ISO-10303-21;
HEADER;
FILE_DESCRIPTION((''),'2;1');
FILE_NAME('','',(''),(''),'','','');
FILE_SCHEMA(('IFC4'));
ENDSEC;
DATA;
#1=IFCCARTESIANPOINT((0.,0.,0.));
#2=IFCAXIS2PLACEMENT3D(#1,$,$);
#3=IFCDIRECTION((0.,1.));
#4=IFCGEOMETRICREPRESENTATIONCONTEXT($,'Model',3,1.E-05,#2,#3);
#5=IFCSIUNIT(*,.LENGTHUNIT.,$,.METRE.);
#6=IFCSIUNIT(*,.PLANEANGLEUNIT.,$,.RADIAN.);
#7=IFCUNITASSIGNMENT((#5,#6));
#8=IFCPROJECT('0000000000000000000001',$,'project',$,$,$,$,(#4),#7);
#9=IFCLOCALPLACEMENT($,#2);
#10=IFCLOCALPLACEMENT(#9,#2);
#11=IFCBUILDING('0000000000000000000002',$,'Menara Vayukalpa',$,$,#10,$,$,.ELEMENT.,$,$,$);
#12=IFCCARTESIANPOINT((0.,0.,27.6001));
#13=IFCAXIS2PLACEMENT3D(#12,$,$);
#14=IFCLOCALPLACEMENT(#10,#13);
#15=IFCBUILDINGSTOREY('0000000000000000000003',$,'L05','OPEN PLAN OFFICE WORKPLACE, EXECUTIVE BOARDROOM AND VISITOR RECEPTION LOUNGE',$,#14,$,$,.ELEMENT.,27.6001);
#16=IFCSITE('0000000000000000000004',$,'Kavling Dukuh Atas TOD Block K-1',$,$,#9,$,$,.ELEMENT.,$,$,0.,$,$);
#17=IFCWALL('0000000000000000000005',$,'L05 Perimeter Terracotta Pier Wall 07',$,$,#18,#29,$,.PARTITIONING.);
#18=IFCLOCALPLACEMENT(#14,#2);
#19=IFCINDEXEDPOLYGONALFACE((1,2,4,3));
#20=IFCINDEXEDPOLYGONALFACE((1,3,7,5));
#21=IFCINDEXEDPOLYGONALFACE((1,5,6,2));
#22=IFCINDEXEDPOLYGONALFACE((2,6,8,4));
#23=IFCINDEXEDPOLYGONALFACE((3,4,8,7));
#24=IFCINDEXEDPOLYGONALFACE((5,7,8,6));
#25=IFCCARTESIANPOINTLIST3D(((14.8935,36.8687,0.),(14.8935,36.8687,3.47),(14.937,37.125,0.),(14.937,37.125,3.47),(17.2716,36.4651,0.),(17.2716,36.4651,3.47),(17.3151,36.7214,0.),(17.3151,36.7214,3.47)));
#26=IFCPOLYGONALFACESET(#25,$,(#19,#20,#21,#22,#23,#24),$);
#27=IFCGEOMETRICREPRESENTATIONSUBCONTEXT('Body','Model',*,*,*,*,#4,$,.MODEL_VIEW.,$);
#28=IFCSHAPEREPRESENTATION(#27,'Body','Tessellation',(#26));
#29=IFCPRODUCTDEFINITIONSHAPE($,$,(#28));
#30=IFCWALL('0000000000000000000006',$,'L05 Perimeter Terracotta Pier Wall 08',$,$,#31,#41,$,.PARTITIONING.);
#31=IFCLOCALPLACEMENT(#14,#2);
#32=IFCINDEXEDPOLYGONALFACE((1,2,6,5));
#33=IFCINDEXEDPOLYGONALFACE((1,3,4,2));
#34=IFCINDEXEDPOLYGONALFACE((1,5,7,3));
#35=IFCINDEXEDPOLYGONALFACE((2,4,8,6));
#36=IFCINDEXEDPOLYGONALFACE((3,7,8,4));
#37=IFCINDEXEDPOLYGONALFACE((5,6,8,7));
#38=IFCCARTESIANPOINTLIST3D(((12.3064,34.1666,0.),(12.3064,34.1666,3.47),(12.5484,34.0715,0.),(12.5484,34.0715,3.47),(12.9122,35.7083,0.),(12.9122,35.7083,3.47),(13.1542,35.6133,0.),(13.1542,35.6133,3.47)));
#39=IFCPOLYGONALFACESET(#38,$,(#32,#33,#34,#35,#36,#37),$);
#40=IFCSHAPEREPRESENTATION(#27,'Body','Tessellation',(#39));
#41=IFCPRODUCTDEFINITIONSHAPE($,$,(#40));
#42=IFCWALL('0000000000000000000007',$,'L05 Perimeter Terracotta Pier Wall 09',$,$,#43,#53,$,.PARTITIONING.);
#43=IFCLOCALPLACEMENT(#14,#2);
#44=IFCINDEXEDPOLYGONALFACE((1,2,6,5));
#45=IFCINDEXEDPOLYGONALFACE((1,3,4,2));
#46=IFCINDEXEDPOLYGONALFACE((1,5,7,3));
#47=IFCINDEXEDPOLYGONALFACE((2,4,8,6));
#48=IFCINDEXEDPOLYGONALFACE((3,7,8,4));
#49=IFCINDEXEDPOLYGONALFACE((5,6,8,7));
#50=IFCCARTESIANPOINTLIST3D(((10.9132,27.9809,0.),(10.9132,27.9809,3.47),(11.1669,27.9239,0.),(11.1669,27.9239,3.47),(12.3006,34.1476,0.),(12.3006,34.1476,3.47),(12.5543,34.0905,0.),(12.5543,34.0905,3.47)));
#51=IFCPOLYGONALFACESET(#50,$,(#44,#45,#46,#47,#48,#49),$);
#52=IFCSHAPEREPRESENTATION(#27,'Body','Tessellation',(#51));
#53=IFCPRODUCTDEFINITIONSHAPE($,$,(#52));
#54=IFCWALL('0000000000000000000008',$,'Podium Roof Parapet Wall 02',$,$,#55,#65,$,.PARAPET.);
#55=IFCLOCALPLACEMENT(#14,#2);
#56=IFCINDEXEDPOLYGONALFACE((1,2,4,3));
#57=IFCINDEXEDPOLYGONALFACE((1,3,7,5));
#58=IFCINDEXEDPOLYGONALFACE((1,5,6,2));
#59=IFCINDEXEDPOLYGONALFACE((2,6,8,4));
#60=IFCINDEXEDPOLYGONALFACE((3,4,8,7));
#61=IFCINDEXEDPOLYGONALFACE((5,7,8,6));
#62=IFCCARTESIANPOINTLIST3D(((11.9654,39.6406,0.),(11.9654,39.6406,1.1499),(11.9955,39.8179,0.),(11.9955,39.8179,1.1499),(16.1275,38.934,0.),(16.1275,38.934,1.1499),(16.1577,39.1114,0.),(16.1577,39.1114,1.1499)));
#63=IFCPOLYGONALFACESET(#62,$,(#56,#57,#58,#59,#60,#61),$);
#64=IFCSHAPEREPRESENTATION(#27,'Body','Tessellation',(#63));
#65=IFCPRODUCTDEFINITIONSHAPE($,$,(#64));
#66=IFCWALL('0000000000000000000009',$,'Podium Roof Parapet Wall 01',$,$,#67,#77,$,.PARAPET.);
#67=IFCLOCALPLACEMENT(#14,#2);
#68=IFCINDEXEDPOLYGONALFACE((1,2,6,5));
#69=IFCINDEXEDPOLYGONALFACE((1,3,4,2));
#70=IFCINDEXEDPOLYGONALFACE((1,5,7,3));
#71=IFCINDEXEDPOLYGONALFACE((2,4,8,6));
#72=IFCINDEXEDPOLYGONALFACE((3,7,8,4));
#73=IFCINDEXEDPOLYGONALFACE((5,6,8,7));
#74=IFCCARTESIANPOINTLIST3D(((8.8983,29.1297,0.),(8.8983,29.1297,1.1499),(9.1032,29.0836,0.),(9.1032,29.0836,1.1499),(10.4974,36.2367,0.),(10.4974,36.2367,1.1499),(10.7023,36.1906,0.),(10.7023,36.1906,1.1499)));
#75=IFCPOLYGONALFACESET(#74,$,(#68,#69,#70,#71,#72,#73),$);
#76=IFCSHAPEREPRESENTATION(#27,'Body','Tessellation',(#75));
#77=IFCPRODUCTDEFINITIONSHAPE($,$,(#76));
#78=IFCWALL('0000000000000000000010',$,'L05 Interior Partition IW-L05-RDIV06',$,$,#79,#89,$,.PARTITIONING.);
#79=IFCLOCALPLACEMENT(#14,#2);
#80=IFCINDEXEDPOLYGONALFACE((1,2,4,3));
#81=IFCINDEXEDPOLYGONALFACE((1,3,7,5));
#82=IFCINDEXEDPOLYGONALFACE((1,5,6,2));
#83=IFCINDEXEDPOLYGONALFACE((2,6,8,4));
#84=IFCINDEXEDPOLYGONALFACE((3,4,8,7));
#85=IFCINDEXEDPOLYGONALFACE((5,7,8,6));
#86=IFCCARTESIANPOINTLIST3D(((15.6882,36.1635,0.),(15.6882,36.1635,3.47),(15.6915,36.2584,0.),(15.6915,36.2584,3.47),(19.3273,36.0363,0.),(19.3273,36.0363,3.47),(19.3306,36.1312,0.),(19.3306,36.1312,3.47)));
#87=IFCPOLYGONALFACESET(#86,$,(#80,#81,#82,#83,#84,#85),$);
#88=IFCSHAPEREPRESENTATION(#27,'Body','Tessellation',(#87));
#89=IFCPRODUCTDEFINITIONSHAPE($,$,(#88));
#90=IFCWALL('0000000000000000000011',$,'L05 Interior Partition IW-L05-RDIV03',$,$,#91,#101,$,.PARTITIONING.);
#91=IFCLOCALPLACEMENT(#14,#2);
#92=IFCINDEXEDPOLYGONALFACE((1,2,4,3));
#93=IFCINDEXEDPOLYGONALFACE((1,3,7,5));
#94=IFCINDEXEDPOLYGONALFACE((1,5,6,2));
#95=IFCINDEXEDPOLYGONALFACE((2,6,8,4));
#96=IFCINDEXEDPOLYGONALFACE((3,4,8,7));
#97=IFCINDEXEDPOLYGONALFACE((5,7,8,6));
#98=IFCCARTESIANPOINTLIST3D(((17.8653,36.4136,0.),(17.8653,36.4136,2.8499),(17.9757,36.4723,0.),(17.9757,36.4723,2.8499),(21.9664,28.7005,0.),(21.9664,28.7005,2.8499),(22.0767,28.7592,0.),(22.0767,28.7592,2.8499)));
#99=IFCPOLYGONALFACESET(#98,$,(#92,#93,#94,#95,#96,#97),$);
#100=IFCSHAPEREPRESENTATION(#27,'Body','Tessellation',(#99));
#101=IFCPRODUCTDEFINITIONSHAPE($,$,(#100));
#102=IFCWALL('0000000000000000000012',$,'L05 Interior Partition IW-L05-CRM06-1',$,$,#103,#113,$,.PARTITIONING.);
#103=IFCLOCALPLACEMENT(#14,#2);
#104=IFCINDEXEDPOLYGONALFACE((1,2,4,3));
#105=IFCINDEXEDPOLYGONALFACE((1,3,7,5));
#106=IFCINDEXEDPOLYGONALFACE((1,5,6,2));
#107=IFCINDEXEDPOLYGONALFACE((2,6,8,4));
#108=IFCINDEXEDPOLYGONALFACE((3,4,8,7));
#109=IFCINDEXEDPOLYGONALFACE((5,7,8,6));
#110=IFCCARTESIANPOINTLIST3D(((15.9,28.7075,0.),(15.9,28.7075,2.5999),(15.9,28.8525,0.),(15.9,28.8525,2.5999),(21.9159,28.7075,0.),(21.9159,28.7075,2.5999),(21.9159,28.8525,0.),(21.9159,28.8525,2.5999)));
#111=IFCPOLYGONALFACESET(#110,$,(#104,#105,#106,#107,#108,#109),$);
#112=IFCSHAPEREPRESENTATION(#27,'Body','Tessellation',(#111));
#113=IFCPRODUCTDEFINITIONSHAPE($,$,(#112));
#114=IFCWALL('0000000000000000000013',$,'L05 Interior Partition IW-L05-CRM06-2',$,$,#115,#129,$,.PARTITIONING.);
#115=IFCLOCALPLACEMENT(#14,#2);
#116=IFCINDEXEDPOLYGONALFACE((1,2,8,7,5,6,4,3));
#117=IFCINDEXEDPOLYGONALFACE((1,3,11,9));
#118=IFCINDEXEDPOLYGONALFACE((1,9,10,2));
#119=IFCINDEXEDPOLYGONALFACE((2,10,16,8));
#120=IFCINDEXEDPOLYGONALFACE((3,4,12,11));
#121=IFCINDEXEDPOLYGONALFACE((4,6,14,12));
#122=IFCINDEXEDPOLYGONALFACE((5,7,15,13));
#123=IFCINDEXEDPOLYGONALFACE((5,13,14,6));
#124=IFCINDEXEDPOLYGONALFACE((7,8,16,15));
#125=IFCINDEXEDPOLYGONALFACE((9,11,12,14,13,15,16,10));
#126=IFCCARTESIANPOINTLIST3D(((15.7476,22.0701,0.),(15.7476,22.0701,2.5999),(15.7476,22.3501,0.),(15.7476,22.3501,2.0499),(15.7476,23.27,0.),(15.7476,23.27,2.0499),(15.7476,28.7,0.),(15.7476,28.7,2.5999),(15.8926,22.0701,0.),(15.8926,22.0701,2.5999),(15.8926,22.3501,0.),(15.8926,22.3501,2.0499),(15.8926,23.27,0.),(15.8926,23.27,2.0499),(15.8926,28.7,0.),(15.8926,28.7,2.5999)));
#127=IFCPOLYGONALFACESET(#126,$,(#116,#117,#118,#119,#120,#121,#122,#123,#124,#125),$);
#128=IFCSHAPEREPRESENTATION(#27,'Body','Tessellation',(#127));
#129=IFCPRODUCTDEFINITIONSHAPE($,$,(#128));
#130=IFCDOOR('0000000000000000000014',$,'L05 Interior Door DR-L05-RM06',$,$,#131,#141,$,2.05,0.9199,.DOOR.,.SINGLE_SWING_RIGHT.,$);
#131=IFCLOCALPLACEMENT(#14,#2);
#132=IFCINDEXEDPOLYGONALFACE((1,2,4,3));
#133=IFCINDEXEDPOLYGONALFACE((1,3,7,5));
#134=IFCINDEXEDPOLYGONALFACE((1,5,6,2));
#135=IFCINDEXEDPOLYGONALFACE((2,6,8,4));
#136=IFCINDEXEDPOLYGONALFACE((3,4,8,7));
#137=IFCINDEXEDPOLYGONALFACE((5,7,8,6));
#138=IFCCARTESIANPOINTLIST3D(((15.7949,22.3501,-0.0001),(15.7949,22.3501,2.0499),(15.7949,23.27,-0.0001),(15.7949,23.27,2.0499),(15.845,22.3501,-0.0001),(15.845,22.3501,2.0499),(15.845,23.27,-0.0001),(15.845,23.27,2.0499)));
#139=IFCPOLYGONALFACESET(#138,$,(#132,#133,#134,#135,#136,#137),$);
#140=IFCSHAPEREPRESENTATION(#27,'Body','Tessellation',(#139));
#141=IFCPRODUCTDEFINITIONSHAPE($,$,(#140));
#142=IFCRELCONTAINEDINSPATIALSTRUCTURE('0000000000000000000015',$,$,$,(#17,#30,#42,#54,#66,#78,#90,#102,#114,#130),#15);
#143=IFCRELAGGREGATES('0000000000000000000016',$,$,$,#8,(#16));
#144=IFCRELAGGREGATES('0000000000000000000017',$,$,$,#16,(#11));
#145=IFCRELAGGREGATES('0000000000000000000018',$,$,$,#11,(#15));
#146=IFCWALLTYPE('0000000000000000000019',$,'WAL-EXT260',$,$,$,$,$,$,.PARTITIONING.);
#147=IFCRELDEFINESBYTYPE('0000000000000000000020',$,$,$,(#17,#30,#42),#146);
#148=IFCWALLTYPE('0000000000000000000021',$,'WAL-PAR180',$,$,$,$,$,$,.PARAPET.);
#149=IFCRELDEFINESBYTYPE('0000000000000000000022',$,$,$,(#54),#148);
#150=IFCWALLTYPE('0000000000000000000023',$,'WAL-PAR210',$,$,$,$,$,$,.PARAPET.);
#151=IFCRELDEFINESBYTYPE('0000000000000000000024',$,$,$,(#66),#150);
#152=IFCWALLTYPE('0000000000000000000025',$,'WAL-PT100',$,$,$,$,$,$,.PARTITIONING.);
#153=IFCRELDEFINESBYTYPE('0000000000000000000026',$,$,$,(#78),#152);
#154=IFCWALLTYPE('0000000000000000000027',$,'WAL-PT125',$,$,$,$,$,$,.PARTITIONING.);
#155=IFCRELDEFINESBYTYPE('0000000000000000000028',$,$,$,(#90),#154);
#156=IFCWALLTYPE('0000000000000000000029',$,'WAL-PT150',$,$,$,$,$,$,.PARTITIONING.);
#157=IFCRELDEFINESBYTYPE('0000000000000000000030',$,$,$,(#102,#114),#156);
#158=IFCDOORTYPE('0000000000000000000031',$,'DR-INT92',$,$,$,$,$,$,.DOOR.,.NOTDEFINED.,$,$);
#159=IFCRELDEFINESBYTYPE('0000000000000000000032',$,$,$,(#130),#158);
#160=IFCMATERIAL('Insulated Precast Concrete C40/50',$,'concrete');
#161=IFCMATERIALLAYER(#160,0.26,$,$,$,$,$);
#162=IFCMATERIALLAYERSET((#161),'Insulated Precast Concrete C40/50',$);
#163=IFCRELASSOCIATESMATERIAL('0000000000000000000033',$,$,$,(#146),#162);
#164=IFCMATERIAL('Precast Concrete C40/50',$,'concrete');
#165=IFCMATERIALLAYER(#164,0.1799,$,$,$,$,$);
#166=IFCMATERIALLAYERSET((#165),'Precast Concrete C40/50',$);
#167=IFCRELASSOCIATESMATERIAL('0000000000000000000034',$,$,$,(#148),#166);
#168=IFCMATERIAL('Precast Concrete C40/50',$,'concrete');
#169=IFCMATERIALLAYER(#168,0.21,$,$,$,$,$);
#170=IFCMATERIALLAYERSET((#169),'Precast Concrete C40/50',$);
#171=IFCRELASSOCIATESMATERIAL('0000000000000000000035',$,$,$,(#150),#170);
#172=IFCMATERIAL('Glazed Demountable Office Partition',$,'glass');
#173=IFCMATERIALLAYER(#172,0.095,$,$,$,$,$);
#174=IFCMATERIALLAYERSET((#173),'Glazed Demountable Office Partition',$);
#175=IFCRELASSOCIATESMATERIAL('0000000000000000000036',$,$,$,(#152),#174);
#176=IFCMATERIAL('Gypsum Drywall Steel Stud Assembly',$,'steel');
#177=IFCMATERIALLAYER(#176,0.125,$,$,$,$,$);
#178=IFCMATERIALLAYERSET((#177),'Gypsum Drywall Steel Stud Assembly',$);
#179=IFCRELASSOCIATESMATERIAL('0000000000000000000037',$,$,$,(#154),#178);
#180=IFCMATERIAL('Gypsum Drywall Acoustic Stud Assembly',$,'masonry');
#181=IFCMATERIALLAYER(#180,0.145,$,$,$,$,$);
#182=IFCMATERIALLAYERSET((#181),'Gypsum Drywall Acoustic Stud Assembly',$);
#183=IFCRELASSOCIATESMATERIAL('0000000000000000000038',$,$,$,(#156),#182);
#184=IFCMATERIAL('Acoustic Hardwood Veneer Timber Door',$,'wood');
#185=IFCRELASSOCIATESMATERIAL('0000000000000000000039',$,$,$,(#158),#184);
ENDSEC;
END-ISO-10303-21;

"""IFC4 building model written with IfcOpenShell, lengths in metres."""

from ifc_helpers import new_model, si_unit, direction, frame, frame_2d, origin, place, context, subcontext, project, spatial, rectangle, extrude, material, layer, layer_set, type_object, element, fill, save


model = new_model("IFC4")

# Units and contexts
model_context = context("Model", 3, precision=1e-05, world=origin(), true_north=direction((0.0, 1.0)))
body_context = subcontext(model_context, "Body", "Model", "MODEL_VIEW")
ifc_project = project(units=[si_unit("LENGTHUNIT", "METRE"), si_unit("PLANEANGLEUNIT", "RADIAN")], contexts=[model_context])

# Site, building, storey
site_placement = place(None, origin())
site = spatial("IfcSite", under=ifc_project, at=site_placement, Name="Kavling Dukuh Atas TOD Block K-1", CompositionType="ELEMENT", RefElevation=0.0)
building_placement = place(site_placement, origin())
building = spatial("IfcBuilding", under=site, at=building_placement, Name="Menara Vayukalpa", CompositionType="ELEMENT")
storey_placement = place(building_placement, frame((0.0, 0.0, 27.6001)))
storey = spatial("IfcBuildingStorey", under=building, at=storey_placement, Name="L05", Description="OPEN PLAN OFFICE WORKPLACE, EXECUTIVE BOARDROOM AND VISITOR RECEPTION LOUNGE", CompositionType="ELEMENT", Elevation=27.6001)

# Walls
ifc_material_1 = material(Name="Insulated Precast Concrete C40/50", Category="concrete")
ifc_layer_1 = layer(ifc_material_1, 0.26)
ifc_layer_set_1 = layer_set([ifc_layer_1], Name="Insulated Precast Concrete C40/50")
wall_type_1 = type_object("IfcWallType", Name="WAL-EXT260", PredefinedType="PARTITIONING", material=ifc_layer_set_1)
wall_1_placement = place(storey_placement, frame((14.9153, 36.9968, 0.0), z_axis=(0.0, 0.0, 1.0), x_axis=(0.985905, -0.167303, 0.0)))
element("IfcWall", 1, at=wall_1_placement, inside=storey, type_object=wall_type_1, Name="L05 Perimeter Terracotta Pier Wall 07", PredefinedType="PARTITIONING", context=body_context, shape_type="SweptSolid", body=[
    extrude(rectangle(XDim=2.4121, YDim=0.26, at=frame_2d((1.2061, 0.0))), origin(), (0.0, 0.0, 1.0), 3.47),
])
wall_2_placement = place(storey_placement, frame((12.4275, 34.1191, 0.0), z_axis=(0.0, 0.0, 1.0), x_axis=(0.365666, 0.930746, 0.0)))
element("IfcWall", 2, at=wall_2_placement, inside=storey, type_object=wall_type_1, Name="L05 Perimeter Terracotta Pier Wall 08", PredefinedType="PARTITIONING", context=body_context, shape_type="SweptSolid", body=[
    extrude(rectangle(XDim=1.6565, YDim=0.26, at=frame_2d((0.8281, 0.0))), origin(), (0.0, 0.0, 1.0), 3.47),
])
wall_3_placement = place(storey_placement, frame((11.04, 27.9524, 0.0), z_axis=(0.0, 0.0, 1.0), x_axis=(0.219502, 0.975612, 0.0)))
element("IfcWall", 3, at=wall_3_placement, inside=storey, type_object=wall_type_1, Name="L05 Perimeter Terracotta Pier Wall 09", PredefinedType="PARTITIONING", context=body_context, shape_type="SweptSolid", body=[
    extrude(rectangle(XDim=6.3208, YDim=0.26, at=frame_2d((3.1604, 0.0))), origin(), (0.0, 0.0, 1.0), 3.47),
])
ifc_material_2 = material(Name="Precast Concrete C40/50", Category="concrete")
ifc_layer_2 = layer(ifc_material_2, 0.1799)
ifc_layer_set_2 = layer_set([ifc_layer_2], Name="Precast Concrete C40/50")
wall_type_2 = type_object("IfcWallType", Name="WAL-PAR180", PredefinedType="PARAPET", material=ifc_layer_set_2)
wall_4_placement = place(storey_placement, frame((11.9805, 39.7292, 0.0), z_axis=(0.0, 0.0, 1.0), x_axis=(0.985896, -0.167362, 0.0)))
element("IfcWall", 4, at=wall_4_placement, inside=storey, type_object=wall_type_2, Name="Podium Roof Parapet Wall 02", PredefinedType="PARAPET", context=body_context, shape_type="SweptSolid", body=[
    extrude(rectangle(XDim=4.2217, YDim=0.1799, at=frame_2d((2.1108, 0.0))), origin(), (0.0, 0.0, 1.0), 1.1499),
])
ifc_material_3 = material(Name="Precast Concrete C40/50", Category="concrete")
ifc_layer_3 = layer(ifc_material_3, 0.21)
ifc_layer_set_3 = layer_set([ifc_layer_3], Name="Precast Concrete C40/50")
wall_type_3 = type_object("IfcWallType", Name="WAL-PAR210", PredefinedType="PARAPET", material=ifc_layer_set_3)
wall_5_placement = place(storey_placement, frame((9.0007, 29.1067, 0.0), z_axis=(0.0, 0.0, 1.0), x_axis=(0.21952, 0.975608, 0.0)))
element("IfcWall", 5, at=wall_5_placement, inside=storey, type_object=wall_type_3, Name="Podium Roof Parapet Wall 01", PredefinedType="PARAPET", context=body_context, shape_type="SweptSolid", body=[
    extrude(rectangle(XDim=7.2847, YDim=0.21, at=frame_2d((3.6423, 0.0))), origin(), (0.0, 0.0, 1.0), 1.1499),
])
ifc_material_4 = material(Name="Glazed Demountable Office Partition", Category="glass")
ifc_layer_4 = layer(ifc_material_4, 0.095)
ifc_layer_set_4 = layer_set([ifc_layer_4], Name="Glazed Demountable Office Partition")
wall_type_4 = type_object("IfcWallType", Name="WAL-PT100", PredefinedType="PARTITIONING", material=ifc_layer_set_4)
wall_6_placement = place(storey_placement, frame((19.3291, 36.0837, 0.0), z_axis=(0.0, 0.0, 1.0), x_axis=(-0.99939, 0.034931, 0.0)))
element("IfcWall", 6, at=wall_6_placement, inside=storey, type_object=wall_type_4, Name="L05 Interior Partition IW-L05-RDIV06", PredefinedType="PARTITIONING", context=body_context, shape_type="SweptSolid", body=[
    extrude(rectangle(XDim=3.6414, YDim=0.095, at=frame_2d((1.8208, 0.0))), origin(), (0.0, 0.0, 1.0), 3.47),
])
ifc_material_5 = material(Name="Gypsum Drywall Steel Stud Assembly", Category="steel")
ifc_layer_5 = layer(ifc_material_5, 0.125)
ifc_layer_set_5 = layer_set([ifc_layer_5], Name="Gypsum Drywall Steel Stud Assembly")
wall_type_5 = type_object("IfcWallType", Name="WAL-PT125", PredefinedType="PARTITIONING", material=ifc_layer_set_5)
wall_7_placement = place(storey_placement, frame((22.0215, 28.73, 0.0), z_axis=(0.0, 0.0, 1.0), x_axis=(-0.469465, 0.882951, 0.0)))
element("IfcWall", 7, at=wall_7_placement, inside=storey, type_object=wall_type_5, Name="L05 Interior Partition IW-L05-RDIV03", PredefinedType="PARTITIONING", context=body_context, shape_type="SweptSolid", body=[
    extrude(rectangle(XDim=8.7356, YDim=0.125, at=frame_2d((4.3677, 0.0))), origin(), (0.0, 0.0, 1.0), 2.8499),
])
ifc_material_6 = material(Name="Gypsum Drywall Acoustic Stud Assembly", Category="masonry")
ifc_layer_6 = layer(ifc_material_6, 0.145)
ifc_layer_set_6 = layer_set([ifc_layer_6], Name="Gypsum Drywall Acoustic Stud Assembly")
wall_type_6 = type_object("IfcWallType", Name="WAL-PT150", PredefinedType="PARTITIONING", material=ifc_layer_set_6)
wall_8_placement = place(storey_placement, frame((21.9158, 28.78, 0.0), z_axis=(0.0, 0.0, 1.0), x_axis=(-1.0, 0.0, 0.0)))
element("IfcWall", 8, at=wall_8_placement, inside=storey, type_object=wall_type_6, Name="L05 Interior Partition IW-L05-CRM06-1", PredefinedType="PARTITIONING", context=body_context, shape_type="SweptSolid", body=[
    extrude(rectangle(XDim=6.0159, YDim=0.145, at=frame_2d((3.0078, 0.0))), origin(), (0.0, 0.0, 1.0), 2.5999),
])

# Wall, opening, door
wall_9_placement = place(storey_placement, frame((15.8201, 28.7, 0.0), z_axis=(0.0, 0.0, 1.0), x_axis=(0.0, -1.0, 0.0)))
wall_9 = element("IfcWall", 9, at=wall_9_placement, inside=storey, type_object=wall_type_6, Name="L05 Interior Partition IW-L05-CRM06-2", PredefinedType="PARTITIONING", context=body_context, shape_type="SweptSolid", body=[
    extrude(rectangle(XDim=6.6299, YDim=0.145, at=frame_2d((3.3149, 0.0))), origin(), (0.0, 0.0, 1.0), 2.5999),
])
opening_placement = place(wall_9_placement, frame((5.4299, 0.0, 0.0)))
opening = element("IfcOpeningElement", 10, at=opening_placement, cuts=wall_9, PredefinedType="OPENING", context=body_context, shape_type="SweptSolid", body=[
    extrude(rectangle(XDim=0.9199, YDim=2.05, at=frame_2d((0.46, 1.0249))), frame((0.0, 0.0825, 0.0), z_axis=(0.0, -1.0, 0.0), x_axis=(1.0, 0.0, 0.0)), (0.0, 0.0, 1.0), 0.165),
])
ifc_material_7 = material(Name="Acoustic Hardwood Veneer Timber Door", Category="wood")
door_type = type_object("IfcDoorType", Name="DR-INT92", OperationType="NOTDEFINED", PredefinedType="DOOR", material=ifc_material_7)
door_placement = place(opening_placement, origin())
door = element("IfcDoor", 11, at=door_placement, inside=storey, type_object=door_type, Name="L05 Interior Door DR-L05-RM06", OperationType="SINGLE_SWING_RIGHT", OverallHeight=2.05, OverallWidth=0.9199, PredefinedType="DOOR", context=body_context, shape_type="SweptSolid", body=[
    extrude(rectangle(XDim=0.9199, YDim=2.05, at=frame_2d((0.46, 1.0249))), frame((0.0, 0.0249, 0.0), z_axis=(0.0, -1.0, 0.0), x_axis=(1.0, 0.0, 0.0)), (0.0, 0.0, 1.0), 0.05),
])
fill(opening, door)

save(model, "model.ifc")
